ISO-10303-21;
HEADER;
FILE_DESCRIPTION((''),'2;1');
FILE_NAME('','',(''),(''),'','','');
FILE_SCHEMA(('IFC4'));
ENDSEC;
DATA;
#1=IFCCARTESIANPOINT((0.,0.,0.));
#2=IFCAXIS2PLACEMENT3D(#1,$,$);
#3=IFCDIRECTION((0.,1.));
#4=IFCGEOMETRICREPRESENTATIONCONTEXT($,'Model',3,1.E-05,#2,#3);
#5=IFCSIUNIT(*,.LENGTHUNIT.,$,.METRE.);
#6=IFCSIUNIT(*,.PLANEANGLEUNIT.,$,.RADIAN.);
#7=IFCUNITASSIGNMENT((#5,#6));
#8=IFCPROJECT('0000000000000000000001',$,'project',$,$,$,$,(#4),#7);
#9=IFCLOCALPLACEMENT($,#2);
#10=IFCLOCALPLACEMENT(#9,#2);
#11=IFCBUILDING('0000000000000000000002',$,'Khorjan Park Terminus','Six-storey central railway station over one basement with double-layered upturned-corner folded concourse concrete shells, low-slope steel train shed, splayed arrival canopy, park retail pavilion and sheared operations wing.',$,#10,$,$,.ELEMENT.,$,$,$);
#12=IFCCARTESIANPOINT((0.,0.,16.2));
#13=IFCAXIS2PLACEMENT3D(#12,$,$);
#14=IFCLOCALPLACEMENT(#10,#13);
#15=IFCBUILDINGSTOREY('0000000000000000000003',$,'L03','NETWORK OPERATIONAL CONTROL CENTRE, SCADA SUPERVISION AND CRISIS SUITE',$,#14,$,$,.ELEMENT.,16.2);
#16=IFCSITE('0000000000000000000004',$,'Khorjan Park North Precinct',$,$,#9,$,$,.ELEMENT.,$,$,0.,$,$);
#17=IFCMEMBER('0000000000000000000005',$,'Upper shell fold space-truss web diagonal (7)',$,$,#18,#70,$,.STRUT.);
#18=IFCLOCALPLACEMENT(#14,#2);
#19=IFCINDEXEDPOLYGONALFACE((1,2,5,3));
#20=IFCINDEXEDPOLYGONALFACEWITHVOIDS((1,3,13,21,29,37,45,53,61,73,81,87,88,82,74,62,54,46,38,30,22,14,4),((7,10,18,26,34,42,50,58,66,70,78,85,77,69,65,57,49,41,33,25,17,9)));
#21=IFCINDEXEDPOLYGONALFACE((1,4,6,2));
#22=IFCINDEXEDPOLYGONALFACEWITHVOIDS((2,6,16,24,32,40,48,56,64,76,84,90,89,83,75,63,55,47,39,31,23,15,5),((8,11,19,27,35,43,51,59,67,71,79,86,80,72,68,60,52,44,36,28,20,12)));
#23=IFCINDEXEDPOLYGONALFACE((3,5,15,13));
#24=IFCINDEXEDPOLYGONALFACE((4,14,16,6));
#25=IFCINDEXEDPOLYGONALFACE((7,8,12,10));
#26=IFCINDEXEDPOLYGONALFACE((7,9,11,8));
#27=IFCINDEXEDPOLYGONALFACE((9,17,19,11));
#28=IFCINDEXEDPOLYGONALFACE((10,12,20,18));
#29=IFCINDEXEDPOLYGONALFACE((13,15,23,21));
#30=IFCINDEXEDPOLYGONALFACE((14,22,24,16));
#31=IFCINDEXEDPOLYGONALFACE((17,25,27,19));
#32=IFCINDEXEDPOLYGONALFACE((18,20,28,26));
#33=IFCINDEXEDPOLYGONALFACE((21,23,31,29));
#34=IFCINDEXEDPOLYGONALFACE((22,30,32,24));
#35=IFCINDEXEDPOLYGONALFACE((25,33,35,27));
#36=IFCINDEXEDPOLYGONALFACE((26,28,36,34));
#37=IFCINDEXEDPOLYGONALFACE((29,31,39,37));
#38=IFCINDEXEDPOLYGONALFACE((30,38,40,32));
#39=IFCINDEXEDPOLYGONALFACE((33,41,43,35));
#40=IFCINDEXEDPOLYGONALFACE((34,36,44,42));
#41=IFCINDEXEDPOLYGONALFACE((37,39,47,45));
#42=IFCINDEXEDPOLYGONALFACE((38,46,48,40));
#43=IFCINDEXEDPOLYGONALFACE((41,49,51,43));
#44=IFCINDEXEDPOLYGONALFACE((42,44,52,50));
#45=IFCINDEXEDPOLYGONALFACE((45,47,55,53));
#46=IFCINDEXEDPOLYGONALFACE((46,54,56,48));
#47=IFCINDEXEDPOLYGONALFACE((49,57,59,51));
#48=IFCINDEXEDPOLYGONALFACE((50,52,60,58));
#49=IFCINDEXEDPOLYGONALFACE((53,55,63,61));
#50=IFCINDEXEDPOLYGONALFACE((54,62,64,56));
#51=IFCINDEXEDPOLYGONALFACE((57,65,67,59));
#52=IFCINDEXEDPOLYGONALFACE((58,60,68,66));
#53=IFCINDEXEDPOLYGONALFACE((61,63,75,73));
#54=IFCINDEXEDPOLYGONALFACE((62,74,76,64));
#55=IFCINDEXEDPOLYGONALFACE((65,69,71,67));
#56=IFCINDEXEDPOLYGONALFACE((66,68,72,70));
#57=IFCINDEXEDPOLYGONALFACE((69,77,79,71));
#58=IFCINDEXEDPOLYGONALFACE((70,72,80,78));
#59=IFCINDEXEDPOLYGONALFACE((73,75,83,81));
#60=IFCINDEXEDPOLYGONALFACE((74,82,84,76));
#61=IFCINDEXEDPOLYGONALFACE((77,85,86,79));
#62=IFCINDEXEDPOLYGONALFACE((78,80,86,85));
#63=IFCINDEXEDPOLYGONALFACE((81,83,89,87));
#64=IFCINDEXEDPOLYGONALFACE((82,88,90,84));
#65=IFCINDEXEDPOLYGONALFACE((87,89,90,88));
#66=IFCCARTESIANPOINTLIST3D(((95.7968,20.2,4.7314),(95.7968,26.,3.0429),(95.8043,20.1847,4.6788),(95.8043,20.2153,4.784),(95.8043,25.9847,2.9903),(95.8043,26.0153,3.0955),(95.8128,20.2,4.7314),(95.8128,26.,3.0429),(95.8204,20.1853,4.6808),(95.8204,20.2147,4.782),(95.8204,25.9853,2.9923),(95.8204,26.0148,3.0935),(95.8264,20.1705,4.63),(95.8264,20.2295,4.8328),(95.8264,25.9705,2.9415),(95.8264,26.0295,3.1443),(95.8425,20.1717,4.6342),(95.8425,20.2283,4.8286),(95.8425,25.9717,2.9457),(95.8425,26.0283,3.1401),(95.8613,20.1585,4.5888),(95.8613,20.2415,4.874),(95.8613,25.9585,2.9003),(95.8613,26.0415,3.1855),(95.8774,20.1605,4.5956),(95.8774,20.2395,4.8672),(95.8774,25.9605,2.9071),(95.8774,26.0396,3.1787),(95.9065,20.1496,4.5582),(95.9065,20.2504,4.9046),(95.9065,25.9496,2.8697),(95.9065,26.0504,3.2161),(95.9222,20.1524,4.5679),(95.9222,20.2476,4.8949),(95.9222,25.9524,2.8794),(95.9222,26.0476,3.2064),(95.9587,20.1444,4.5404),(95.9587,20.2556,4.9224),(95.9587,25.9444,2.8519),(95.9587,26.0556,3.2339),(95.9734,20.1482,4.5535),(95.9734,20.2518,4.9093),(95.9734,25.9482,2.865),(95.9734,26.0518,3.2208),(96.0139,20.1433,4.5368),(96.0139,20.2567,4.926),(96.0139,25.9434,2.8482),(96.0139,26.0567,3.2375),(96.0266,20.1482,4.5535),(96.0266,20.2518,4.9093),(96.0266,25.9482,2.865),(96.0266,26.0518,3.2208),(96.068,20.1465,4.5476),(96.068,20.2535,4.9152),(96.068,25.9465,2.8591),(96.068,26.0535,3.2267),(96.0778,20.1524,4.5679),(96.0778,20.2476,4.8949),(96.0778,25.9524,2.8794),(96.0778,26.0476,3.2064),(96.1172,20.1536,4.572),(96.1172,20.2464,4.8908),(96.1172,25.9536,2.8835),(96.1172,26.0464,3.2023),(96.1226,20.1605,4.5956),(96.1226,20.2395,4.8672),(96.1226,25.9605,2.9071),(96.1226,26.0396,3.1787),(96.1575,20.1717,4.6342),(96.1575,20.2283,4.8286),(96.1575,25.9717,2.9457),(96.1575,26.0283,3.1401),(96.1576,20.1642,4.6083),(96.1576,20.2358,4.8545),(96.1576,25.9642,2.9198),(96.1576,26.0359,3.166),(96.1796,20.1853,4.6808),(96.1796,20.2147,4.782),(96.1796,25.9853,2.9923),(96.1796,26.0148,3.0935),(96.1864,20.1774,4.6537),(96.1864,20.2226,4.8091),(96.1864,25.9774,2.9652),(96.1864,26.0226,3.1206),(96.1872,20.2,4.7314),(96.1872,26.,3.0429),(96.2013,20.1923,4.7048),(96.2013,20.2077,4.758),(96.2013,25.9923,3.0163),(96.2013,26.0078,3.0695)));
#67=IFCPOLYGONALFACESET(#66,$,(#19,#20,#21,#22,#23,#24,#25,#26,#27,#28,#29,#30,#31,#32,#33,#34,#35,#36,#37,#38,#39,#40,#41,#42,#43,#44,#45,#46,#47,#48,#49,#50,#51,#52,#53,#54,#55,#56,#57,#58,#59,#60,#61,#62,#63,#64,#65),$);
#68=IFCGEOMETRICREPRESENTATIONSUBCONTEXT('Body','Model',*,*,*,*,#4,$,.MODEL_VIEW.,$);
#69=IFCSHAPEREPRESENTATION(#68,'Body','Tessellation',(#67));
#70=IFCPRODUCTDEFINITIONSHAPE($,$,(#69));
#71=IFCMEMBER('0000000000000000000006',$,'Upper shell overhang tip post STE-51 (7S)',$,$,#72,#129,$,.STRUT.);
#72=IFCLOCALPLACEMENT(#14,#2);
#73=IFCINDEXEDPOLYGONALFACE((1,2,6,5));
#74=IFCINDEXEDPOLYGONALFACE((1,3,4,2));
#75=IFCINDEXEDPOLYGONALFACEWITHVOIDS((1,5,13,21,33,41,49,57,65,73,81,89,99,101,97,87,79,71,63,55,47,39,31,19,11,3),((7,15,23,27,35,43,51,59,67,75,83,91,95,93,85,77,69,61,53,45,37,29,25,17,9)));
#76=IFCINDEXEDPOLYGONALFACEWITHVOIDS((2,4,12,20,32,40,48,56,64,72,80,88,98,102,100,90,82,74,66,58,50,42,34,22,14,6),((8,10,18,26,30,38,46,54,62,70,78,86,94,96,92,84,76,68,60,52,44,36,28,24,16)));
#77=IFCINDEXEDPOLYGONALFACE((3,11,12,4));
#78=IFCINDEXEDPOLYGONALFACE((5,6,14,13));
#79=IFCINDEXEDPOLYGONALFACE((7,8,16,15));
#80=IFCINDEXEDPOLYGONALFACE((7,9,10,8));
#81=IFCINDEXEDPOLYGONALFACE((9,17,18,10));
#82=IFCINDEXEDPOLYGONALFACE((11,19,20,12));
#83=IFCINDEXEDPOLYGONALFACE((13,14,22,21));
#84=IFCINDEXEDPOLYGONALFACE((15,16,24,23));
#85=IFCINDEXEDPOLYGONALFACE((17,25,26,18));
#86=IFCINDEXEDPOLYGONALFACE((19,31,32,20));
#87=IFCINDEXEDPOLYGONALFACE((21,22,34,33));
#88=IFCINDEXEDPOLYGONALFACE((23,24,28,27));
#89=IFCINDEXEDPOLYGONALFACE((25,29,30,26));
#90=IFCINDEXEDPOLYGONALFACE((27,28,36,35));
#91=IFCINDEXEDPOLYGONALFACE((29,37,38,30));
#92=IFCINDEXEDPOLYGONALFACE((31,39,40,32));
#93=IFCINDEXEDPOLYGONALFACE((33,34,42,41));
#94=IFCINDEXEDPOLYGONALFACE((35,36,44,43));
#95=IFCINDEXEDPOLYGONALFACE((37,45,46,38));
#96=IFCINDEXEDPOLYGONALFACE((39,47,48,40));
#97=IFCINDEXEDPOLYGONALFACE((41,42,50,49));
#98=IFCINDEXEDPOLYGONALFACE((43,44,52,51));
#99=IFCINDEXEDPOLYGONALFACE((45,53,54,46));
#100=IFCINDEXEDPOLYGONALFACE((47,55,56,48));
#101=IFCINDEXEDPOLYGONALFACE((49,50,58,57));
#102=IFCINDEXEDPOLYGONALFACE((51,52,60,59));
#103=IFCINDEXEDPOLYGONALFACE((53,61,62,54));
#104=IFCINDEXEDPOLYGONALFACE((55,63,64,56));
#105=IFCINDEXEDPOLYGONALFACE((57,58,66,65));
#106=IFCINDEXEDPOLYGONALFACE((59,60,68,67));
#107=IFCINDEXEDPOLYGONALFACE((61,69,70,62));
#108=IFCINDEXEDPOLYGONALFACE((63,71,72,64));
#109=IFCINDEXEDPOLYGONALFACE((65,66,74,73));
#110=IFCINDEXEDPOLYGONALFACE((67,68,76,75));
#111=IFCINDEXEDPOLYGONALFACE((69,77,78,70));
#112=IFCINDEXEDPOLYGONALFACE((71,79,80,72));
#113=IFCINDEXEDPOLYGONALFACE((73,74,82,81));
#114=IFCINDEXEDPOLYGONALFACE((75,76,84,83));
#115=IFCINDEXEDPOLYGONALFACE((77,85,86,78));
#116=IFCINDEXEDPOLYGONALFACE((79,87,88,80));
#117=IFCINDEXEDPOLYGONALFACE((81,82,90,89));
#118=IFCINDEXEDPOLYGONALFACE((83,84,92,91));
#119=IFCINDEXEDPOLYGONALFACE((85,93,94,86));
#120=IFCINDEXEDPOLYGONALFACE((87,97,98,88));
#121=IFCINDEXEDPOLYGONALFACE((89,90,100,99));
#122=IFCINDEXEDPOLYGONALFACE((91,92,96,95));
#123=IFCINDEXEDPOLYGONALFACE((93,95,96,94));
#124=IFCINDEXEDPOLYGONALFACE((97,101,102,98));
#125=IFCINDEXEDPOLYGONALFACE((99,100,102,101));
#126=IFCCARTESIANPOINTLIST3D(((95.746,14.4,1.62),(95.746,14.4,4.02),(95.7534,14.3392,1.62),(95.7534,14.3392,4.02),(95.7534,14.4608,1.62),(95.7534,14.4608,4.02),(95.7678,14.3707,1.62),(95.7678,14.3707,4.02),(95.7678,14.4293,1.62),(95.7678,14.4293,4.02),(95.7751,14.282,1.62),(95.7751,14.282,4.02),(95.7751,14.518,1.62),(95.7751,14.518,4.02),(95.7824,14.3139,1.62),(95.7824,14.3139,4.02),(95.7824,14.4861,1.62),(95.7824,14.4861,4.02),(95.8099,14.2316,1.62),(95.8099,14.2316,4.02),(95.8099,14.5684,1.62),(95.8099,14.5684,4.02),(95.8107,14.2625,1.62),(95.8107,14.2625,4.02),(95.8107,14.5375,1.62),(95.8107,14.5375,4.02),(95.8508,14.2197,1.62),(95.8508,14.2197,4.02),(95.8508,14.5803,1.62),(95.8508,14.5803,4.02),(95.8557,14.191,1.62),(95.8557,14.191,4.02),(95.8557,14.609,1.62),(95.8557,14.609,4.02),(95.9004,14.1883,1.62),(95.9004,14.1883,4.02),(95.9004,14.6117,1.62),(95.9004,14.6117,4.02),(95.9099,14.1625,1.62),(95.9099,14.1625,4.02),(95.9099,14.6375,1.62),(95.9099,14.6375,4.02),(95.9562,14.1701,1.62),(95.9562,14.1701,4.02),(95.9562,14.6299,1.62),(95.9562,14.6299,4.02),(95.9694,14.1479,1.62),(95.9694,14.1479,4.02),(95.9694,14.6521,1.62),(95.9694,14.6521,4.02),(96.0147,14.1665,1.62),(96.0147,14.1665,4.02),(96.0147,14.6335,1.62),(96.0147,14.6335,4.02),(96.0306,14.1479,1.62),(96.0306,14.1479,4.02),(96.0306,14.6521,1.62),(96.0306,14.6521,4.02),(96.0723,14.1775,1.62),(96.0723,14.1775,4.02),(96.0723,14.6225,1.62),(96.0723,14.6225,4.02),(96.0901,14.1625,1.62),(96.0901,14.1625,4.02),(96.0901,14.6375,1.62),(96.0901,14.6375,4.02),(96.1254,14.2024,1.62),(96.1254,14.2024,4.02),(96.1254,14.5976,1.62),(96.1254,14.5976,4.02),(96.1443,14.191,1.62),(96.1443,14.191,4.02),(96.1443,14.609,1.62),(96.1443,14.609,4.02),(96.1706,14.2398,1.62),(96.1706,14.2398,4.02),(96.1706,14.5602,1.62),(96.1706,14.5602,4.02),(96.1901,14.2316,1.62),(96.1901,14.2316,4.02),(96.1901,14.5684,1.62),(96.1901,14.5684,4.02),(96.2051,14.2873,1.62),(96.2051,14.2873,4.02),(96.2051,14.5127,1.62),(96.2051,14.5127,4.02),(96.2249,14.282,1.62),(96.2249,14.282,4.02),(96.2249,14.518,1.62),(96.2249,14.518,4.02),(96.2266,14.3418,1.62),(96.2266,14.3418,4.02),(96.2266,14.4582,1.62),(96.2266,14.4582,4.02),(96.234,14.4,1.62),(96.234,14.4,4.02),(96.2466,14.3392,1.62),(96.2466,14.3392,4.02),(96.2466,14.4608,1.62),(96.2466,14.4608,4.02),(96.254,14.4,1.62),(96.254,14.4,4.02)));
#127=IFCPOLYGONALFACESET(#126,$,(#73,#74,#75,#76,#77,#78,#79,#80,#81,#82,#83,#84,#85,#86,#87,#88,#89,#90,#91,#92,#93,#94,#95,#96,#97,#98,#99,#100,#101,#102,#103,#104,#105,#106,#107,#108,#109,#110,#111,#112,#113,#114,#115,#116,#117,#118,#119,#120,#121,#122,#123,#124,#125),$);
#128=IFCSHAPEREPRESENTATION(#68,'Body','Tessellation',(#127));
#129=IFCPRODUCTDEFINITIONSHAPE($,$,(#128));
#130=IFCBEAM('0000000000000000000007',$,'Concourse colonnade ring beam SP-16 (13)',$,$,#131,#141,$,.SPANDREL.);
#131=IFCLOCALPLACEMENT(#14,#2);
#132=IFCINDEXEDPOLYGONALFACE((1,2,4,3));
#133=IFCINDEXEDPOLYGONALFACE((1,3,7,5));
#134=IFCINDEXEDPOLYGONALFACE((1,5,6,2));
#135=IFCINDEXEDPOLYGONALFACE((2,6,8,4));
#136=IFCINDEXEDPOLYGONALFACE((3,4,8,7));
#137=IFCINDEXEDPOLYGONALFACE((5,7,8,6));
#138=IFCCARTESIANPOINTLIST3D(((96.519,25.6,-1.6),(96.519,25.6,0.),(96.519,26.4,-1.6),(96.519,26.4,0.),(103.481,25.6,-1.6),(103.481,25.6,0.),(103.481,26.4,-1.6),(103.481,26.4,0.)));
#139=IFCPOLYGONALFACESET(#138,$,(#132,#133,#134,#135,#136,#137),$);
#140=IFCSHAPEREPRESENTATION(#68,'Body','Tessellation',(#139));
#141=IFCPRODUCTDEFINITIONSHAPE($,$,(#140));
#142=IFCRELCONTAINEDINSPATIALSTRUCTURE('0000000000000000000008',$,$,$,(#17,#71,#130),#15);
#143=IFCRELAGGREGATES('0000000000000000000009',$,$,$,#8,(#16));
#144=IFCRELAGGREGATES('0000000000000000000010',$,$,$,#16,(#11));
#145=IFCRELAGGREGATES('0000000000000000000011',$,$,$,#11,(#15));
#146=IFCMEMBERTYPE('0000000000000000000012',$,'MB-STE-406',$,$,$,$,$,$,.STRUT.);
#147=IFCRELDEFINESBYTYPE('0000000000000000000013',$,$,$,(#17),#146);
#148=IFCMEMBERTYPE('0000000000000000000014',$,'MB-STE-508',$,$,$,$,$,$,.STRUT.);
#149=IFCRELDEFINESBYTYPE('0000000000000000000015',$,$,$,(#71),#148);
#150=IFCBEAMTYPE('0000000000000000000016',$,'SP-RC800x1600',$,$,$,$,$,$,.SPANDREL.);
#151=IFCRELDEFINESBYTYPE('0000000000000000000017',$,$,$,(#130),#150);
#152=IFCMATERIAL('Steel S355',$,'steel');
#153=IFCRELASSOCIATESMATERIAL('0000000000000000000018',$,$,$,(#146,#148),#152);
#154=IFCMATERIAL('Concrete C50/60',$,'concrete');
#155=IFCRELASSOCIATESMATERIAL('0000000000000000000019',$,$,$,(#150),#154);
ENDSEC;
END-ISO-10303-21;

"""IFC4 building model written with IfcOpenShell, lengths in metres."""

from ifc_helpers import new_model, si_unit, direction, frame, origin, origin_2d, place, context, subcontext, project, spatial, rectangle, hollow_circle, extrude, material, material_profile, profile_set, type_object, element, save


model = new_model("IFC4")

# Units and contexts
model_context = context("Model", 3, precision=1e-05, world=origin(), true_north=direction((0.0, 1.0)))
body_context = subcontext(model_context, "Body", "Model", "MODEL_VIEW")
ifc_project = project(units=[si_unit("LENGTHUNIT", "METRE"), si_unit("PLANEANGLEUNIT", "RADIAN")], contexts=[model_context])

# Site, building, storey
site_placement = place(None, origin())
site = spatial("IfcSite", under=ifc_project, at=site_placement, Name="Khorjan Park North Precinct", CompositionType="ELEMENT", RefElevation=0.0)
building_placement = place(site_placement, origin())
building = spatial("IfcBuilding", under=site, at=building_placement, Name="Khorjan Park Terminus", Description="Six-storey central railway station over one basement with double-layered upturned-corner folded concourse concrete shells, low-slope steel train shed, splayed arrival canopy, park retail pavilion and sheared operations wing.", CompositionType="ELEMENT")
storey_placement = place(building_placement, frame((0.0, 0.0, 16.2)))
storey = spatial("IfcBuildingStorey", under=building, at=storey_placement, Name="L03", Description="NETWORK OPERATIONAL CONTROL CENTRE, SCADA SUPERVISION AND CRISIS SUITE", CompositionType="ELEMENT", Elevation=16.2)

# Shared definitions
ifc_material_1 = material(Name="Concrete C50/60", Category="concrete")

# Members
ifc_material_2 = material(Name="Steel S355", Category="steel")
ifc_material_profile_1 = material_profile(ifc_material_2, hollow_circle(Radius=0.2032, WallThickness=0.016, at=origin_2d()), Name="CHS 406.4x16")
ifc_profile_set_1 = profile_set([ifc_material_profile_1], Name="Steel S355")
member_type_1 = type_object("IfcMemberType", Name="MB-STE-406", PredefinedType="STRUT", material=ifc_profile_set_1)
member_1_placement = place(storey_placement, frame((96.0, 20.2, 4.7314), z_axis=(0.0, 0.960141, -0.279517), x_axis=(-1.0, 0.0, 0.0)))
element("IfcMember", 1, at=member_1_placement, inside=storey, type_object=member_type_1, Name="Upper shell fold space-truss web diagonal (7)", PredefinedType="STRUT", context=body_context, shape_type="SweptSolid", body=[
    extrude(hollow_circle(Radius=0.2032, WallThickness=0.016, at=origin_2d()), origin(), (0.0, 0.0, 1.0), 6.0408),
])
ifc_material_profile_2 = material_profile(ifc_material_2, hollow_circle(Radius=0.254, WallThickness=0.02, at=origin_2d()), Name="CHS 508x20")
ifc_profile_set_2 = profile_set([ifc_material_profile_2], Name="Steel S355")
member_type_2 = type_object("IfcMemberType", Name="MB-STE-508", PredefinedType="STRUT", material=ifc_profile_set_2)
member_2_placement = place(storey_placement, frame((96.0, 14.4, 1.62), z_axis=(0.0, 0.0, 1.0), x_axis=(1.0, 0.0, 0.0)))
element("IfcMember", 2, at=member_2_placement, inside=storey, type_object=member_type_2, Name="Upper shell overhang tip post STE-51 (7S)", PredefinedType="STRUT", context=body_context, shape_type="SweptSolid", body=[
    extrude(hollow_circle(Radius=0.254, WallThickness=0.02, at=origin_2d()), origin(), (0.0, 0.0, 1.0), 2.4),
])

# Beam
ifc_material_profile_3 = material_profile(ifc_material_1, rectangle(XDim=0.8, YDim=1.6, at=origin_2d()), Name="RC 800x1600")
ifc_profile_set_3 = profile_set([ifc_material_profile_3], Name="Concrete C50/60")
beam_type_1 = type_object("IfcBeamType", Name="SP-RC800x1600", PredefinedType="SPANDREL", material=ifc_profile_set_3)
beam_1_placement = place(storey_placement, frame((96.519, 26.0, -0.8), z_axis=(1.0, 0.0, 0.0), x_axis=(0.0, 1.0, 0.0)))
element("IfcBeam", 3, at=beam_1_placement, inside=storey, type_object=beam_type_1, Name="Concourse colonnade ring beam SP-16 (13)", PredefinedType="SPANDREL", context=body_context, shape_type="SweptSolid", body=[
    extrude(rectangle(XDim=0.8, YDim=1.6, at=origin_2d()), origin(), (0.0, 0.0, 1.0), 6.962),
])

save(model, "model.ifc")
